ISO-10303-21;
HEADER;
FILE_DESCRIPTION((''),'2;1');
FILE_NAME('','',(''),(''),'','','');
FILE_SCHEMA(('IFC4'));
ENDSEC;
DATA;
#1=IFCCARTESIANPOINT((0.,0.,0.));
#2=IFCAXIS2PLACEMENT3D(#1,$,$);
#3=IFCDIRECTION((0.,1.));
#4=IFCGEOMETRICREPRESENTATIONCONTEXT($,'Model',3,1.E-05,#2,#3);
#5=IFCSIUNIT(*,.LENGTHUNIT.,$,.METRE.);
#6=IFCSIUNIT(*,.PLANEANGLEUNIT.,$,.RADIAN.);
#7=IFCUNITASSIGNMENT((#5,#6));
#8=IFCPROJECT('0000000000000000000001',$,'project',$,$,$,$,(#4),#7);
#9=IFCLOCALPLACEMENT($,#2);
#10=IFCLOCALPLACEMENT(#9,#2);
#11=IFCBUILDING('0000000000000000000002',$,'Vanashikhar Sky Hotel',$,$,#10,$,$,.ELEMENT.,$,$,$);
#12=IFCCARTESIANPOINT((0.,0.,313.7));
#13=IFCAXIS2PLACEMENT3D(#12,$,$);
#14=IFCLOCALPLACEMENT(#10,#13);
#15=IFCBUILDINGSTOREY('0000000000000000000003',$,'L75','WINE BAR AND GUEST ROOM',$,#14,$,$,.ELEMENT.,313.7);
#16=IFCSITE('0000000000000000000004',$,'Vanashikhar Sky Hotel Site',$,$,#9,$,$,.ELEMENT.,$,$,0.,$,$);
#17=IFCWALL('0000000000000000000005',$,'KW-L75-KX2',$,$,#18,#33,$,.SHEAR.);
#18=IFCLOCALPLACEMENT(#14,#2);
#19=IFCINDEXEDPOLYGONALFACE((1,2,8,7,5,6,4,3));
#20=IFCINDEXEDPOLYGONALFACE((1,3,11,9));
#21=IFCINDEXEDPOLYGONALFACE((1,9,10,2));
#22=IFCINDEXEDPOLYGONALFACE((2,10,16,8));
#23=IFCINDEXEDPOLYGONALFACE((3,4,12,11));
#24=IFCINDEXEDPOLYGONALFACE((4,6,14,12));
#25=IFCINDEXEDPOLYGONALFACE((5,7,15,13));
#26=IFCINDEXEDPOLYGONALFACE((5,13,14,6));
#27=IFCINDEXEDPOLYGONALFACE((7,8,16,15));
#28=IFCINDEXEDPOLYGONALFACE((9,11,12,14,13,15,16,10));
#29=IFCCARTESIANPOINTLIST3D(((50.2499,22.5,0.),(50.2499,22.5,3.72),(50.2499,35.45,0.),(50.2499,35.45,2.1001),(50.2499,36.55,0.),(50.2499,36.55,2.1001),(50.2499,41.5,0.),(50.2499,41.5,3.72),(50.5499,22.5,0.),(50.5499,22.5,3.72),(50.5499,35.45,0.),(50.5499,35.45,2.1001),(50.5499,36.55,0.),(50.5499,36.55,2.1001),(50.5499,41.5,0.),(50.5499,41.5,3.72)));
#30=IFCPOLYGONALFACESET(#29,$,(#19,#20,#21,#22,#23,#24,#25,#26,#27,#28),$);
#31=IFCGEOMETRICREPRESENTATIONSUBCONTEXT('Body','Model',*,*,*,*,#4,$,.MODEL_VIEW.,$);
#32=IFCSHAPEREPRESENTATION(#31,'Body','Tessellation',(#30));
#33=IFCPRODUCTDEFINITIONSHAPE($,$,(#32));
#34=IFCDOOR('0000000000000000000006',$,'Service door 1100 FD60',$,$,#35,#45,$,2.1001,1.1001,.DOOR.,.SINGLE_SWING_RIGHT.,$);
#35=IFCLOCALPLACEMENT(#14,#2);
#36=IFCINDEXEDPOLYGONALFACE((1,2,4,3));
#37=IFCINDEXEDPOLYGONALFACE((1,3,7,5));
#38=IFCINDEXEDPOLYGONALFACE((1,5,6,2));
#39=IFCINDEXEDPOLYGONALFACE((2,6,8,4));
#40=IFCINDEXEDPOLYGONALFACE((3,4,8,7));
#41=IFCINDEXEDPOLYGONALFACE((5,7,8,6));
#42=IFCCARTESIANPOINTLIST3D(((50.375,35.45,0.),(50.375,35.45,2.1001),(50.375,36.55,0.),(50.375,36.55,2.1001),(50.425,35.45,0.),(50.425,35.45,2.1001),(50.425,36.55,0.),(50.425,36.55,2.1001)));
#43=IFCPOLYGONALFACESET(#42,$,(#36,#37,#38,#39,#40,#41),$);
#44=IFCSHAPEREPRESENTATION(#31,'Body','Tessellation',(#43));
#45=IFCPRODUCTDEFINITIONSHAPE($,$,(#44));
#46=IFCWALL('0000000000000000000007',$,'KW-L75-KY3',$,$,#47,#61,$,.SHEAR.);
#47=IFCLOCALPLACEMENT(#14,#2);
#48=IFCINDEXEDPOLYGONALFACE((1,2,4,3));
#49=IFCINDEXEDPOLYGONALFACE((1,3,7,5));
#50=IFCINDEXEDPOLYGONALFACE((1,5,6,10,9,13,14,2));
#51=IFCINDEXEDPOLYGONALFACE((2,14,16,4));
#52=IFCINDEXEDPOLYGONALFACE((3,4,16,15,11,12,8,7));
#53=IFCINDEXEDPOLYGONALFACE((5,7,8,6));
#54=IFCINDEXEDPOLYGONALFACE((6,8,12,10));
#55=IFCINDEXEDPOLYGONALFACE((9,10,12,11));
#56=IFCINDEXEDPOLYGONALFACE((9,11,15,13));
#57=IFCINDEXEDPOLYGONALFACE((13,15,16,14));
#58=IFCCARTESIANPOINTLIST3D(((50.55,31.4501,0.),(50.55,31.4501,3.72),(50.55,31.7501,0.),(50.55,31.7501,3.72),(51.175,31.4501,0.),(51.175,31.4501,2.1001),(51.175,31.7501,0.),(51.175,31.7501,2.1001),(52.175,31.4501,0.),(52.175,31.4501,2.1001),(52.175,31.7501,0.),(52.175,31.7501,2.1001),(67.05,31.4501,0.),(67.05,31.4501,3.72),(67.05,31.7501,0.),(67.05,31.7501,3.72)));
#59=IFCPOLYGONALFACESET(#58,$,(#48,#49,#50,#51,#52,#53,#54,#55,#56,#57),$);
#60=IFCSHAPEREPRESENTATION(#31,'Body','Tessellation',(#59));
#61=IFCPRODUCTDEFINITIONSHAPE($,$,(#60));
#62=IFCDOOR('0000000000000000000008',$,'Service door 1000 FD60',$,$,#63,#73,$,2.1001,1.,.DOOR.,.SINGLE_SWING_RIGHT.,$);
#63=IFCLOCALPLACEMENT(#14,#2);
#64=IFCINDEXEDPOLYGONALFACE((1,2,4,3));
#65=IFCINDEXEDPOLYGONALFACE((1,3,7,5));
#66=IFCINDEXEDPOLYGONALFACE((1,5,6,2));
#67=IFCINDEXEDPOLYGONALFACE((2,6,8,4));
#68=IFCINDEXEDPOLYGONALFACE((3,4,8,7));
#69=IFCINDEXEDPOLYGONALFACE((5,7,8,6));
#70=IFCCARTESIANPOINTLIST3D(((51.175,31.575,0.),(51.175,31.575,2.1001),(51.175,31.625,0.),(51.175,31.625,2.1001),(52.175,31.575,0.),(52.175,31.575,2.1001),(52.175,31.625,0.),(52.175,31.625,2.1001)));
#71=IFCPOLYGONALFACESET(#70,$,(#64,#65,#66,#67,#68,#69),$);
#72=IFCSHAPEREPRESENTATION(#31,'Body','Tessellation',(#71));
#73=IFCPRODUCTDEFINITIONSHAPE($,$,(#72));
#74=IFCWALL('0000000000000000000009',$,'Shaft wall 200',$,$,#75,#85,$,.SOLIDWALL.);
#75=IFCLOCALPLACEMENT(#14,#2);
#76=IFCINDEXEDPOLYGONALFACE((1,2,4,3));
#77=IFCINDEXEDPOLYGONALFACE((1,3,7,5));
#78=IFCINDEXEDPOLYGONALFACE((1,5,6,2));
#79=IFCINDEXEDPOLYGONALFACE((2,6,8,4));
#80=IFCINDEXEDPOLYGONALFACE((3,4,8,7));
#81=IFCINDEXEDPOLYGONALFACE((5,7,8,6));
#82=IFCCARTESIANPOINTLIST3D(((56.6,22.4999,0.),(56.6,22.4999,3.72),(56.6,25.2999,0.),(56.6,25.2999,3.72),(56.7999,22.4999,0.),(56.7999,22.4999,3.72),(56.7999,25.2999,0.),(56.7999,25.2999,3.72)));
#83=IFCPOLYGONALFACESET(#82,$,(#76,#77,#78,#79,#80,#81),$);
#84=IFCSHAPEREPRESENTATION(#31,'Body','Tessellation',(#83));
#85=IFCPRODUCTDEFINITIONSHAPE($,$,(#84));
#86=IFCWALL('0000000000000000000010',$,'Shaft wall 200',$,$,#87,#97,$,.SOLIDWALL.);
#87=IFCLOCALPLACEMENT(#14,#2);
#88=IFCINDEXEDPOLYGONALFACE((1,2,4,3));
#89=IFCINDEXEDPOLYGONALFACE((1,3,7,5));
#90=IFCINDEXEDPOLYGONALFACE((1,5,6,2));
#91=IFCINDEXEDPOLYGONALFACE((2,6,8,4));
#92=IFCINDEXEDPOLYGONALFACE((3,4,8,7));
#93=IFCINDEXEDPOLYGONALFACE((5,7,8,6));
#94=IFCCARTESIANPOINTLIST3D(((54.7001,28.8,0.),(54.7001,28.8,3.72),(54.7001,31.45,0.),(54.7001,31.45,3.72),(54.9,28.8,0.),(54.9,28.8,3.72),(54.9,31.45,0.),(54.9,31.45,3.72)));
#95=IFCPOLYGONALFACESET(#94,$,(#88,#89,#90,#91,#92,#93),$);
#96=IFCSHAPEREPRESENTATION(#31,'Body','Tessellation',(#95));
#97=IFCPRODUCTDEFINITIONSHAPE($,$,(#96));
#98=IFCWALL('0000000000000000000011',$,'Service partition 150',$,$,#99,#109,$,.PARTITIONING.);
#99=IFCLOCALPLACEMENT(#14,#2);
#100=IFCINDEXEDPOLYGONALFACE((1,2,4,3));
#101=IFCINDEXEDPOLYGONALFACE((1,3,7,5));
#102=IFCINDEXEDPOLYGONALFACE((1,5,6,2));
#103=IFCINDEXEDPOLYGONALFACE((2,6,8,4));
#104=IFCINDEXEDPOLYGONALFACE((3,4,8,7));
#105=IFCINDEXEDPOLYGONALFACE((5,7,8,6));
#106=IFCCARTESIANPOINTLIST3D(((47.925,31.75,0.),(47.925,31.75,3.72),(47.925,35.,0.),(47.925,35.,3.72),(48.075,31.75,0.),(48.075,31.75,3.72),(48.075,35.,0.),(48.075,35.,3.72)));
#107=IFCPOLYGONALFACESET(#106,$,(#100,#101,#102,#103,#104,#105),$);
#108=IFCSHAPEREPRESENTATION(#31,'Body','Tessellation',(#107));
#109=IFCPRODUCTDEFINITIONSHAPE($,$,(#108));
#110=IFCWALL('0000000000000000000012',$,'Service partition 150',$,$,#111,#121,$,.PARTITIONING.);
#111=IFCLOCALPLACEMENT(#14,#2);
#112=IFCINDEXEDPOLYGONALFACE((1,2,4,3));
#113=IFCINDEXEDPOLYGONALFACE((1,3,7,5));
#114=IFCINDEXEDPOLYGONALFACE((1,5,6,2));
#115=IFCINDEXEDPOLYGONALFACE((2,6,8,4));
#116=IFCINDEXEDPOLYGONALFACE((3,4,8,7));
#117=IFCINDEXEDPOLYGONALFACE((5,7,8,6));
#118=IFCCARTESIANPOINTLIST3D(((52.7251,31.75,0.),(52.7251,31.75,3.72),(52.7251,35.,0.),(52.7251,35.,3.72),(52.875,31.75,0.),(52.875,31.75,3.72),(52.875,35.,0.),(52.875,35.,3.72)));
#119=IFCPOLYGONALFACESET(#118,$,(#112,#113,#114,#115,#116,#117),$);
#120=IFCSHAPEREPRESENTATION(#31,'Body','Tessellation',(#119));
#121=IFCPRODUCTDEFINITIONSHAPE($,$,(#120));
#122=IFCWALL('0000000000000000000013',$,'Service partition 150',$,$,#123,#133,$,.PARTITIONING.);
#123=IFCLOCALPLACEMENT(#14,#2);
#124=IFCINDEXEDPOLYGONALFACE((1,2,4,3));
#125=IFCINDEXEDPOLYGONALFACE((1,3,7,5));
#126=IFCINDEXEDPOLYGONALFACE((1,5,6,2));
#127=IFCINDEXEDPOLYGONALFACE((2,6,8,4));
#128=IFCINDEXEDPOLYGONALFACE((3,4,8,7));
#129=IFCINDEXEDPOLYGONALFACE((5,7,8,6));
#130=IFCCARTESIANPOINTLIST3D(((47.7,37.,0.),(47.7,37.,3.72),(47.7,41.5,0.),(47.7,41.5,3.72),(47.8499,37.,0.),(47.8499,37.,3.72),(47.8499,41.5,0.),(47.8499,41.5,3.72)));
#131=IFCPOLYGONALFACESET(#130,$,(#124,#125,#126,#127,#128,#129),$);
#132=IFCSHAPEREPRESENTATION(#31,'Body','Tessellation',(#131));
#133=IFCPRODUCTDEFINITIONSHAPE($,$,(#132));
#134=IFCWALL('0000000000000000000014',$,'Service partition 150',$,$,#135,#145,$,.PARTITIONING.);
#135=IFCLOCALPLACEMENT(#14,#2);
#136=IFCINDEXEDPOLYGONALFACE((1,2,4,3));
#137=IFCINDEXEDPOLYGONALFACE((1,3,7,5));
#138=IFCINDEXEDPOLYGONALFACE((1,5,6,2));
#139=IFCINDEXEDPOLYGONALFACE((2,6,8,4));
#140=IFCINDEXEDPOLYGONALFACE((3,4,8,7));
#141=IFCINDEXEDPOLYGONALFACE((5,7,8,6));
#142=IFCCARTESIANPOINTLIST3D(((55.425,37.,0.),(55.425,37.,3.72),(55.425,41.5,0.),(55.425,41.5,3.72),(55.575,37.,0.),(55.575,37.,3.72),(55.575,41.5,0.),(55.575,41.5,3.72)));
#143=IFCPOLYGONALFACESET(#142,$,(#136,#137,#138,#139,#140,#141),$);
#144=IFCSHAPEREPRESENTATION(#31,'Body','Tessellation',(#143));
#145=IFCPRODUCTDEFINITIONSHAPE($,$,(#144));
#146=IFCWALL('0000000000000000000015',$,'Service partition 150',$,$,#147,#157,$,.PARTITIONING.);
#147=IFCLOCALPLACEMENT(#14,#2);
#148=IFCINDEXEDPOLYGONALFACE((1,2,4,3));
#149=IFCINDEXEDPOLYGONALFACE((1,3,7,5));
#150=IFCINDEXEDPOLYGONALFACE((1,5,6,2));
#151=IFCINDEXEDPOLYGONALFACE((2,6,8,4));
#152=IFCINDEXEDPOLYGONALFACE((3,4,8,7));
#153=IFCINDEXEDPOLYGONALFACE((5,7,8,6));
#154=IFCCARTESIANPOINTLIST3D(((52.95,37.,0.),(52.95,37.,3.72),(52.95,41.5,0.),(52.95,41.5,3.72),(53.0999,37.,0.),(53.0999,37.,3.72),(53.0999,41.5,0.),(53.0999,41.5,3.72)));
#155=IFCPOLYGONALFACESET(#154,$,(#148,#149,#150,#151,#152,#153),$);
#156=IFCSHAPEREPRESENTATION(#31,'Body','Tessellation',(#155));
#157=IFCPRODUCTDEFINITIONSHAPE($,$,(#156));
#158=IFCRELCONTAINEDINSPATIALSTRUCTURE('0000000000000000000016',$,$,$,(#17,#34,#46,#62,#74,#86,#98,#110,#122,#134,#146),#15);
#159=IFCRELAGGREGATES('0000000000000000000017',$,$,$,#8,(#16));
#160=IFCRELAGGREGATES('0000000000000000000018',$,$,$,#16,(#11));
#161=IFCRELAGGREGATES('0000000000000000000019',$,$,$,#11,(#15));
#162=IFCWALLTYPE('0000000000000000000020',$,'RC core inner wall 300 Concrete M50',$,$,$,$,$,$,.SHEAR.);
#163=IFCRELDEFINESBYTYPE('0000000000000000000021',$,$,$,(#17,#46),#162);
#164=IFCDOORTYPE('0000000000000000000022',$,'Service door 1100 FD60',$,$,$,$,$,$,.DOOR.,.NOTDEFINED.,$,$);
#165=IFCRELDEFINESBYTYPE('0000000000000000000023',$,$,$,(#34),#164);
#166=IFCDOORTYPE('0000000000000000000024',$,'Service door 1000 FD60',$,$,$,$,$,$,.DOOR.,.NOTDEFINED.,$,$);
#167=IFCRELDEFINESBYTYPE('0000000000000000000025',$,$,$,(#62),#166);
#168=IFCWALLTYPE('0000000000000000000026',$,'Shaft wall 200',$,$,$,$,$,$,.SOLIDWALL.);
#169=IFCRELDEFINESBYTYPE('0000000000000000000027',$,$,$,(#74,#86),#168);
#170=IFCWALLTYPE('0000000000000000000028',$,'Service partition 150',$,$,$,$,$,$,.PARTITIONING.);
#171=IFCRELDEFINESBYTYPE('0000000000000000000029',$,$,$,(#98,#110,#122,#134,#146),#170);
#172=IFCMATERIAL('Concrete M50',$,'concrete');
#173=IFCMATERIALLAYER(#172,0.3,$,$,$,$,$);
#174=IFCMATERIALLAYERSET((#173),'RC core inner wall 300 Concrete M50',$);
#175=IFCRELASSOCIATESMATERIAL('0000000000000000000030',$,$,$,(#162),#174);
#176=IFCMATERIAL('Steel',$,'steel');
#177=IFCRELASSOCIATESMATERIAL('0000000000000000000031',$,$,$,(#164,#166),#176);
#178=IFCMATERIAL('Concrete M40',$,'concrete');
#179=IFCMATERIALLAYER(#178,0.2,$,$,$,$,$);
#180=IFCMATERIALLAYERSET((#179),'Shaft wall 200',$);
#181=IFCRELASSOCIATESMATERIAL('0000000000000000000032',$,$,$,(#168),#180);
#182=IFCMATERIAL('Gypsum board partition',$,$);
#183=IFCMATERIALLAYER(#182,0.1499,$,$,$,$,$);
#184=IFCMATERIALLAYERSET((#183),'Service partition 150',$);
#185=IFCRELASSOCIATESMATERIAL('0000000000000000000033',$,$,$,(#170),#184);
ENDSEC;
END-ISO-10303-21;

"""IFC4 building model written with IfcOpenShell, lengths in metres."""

from ifc_helpers import new_model, si_unit, direction, frame, frame_2d, origin, place, context, subcontext, project, spatial, rectangle, extrude, source, transform, mapped, material, layer, layer_set, type_object, element, fill, save


model = new_model("IFC4")

# Units and contexts
model_context = context("Model", 3, precision=1e-05, world=origin(), true_north=direction((0.0, 1.0)))
body_context = subcontext(model_context, "Body", "Model", "MODEL_VIEW")
ifc_project = project(units=[si_unit("LENGTHUNIT", "METRE"), si_unit("PLANEANGLEUNIT", "RADIAN")], contexts=[model_context])

# Site, building, storey
site_placement = place(None, origin())
site = spatial("IfcSite", under=ifc_project, at=site_placement, Name="Vanashikhar Sky Hotel Site", CompositionType="ELEMENT", RefElevation=0.0)
building_placement = place(site_placement, origin())
building = spatial("IfcBuilding", under=site, at=building_placement, Name="Vanashikhar Sky Hotel", CompositionType="ELEMENT")
storey_placement = place(building_placement, frame((0.0, 0.0, 313.7)))
storey = spatial("IfcBuildingStorey", under=building, at=storey_placement, Name="L75", Description="WINE BAR AND GUEST ROOM", CompositionType="ELEMENT", Elevation=313.7)

# Walls, openings, doors
ifc_material_1 = material(Name="Concrete M50", Category="concrete")
ifc_layer_1 = layer(ifc_material_1, 0.3)
ifc_layer_set_1 = layer_set([ifc_layer_1], Name="RC core inner wall 300 Concrete M50")
wall_type_1 = type_object("IfcWallType", Name="RC core inner wall 300 Concrete M50", PredefinedType="SHEAR", material=ifc_layer_set_1)
shared_shape_1 = source(origin(), body_context, "Body", "SweptSolid", [
    extrude(rectangle(XDim=19.0, YDim=0.3, at=frame_2d((9.5, 0.0))), origin(), (0.0, 0.0, 1.0), 3.72),
])
wall_1_placement = place(storey_placement, frame((50.3999, 22.5, 0.0), z_axis=(0.0, 0.0, 1.0), x_axis=(0.0, 1.0, 0.0)))
wall_1 = element("IfcWall", 1, at=wall_1_placement, inside=storey, type_object=wall_type_1, Name="KW-L75-KX2", PredefinedType="SHEAR", context=body_context, shape_type="MappedRepresentation", body=[
    mapped(shared_shape_1, transform((0.0, 0.0, 0.0), scale=1.0)),
])
shared_shape_2 = source(origin(), body_context, "Body", "SweptSolid", [
    extrude(rectangle(XDim=1.1001, YDim=2.1001, at=frame_2d((0.55, 1.05))), frame((0.0, 0.1602, 0.0), z_axis=(0.0, -1.0, 0.0), x_axis=(1.0, 0.0, 0.0)), (0.0, 0.0, 1.0), 0.3201),
])
opening_1_placement = place(wall_1_placement, frame((12.95, 0.0, 0.0)))
opening_1 = element("IfcOpeningElement", 2, at=opening_1_placement, cuts=wall_1, PredefinedType="OPENING", context=body_context, shape_type="MappedRepresentation", body=[
    mapped(shared_shape_2, transform((0.0, 0.0, 0.0), scale=1.0)),
])
ifc_material_2 = material(Name="Steel", Category="steel")
door_type_1 = type_object("IfcDoorType", Name="Service door 1100 FD60", OperationType="NOTDEFINED", PredefinedType="DOOR", material=ifc_material_2)
shared_shape_3 = source(origin(), body_context, "Body", "SweptSolid", [
    extrude(rectangle(XDim=1.1001, YDim=2.1001, at=frame_2d((0.55, 1.05))), frame((0.0, 0.0249, 0.0), z_axis=(0.0, -1.0, 0.0), x_axis=(1.0, 0.0, 0.0)), (0.0, 0.0, 1.0), 0.05),
])
door_1_placement = place(opening_1_placement, origin())
door_1 = element("IfcDoor", 3, at=door_1_placement, inside=storey, type_object=door_type_1, Name="Service door 1100 FD60", OperationType="SINGLE_SWING_RIGHT", OverallHeight=2.1001, OverallWidth=1.1001, PredefinedType="DOOR", context=body_context, shape_type="MappedRepresentation", body=[
    mapped(shared_shape_3, transform((0.0, 0.0, 0.0), scale=1.0)),
])
fill(opening_1, door_1)
shared_shape_4 = source(origin(), body_context, "Body", "SweptSolid", [
    extrude(rectangle(XDim=16.5, YDim=0.3, at=frame_2d((8.25, 0.0))), origin(), (0.0, 0.0, 1.0), 3.72),
])
wall_2_placement = place(storey_placement, frame((50.55, 31.6001, 0.0), z_axis=(0.0, 0.0, 1.0), x_axis=(1.0, 0.0, 0.0)))
wall_2 = element("IfcWall", 4, at=wall_2_placement, inside=storey, type_object=wall_type_1, Name="KW-L75-KY3", PredefinedType="SHEAR", context=body_context, shape_type="MappedRepresentation", body=[
    mapped(shared_shape_4, transform((0.0, 0.0, 0.0), scale=1.0)),
])
shared_shape_5 = source(origin(), body_context, "Body", "SweptSolid", [
    extrude(rectangle(XDim=1.0, YDim=2.1001, at=frame_2d((0.5, 1.05))), frame((0.0, 0.1602, 0.0), z_axis=(0.0, -1.0, 0.0), x_axis=(1.0, 0.0, 0.0)), (0.0, 0.0, 1.0), 0.3201),
])
opening_2_placement = place(wall_2_placement, frame((0.625, 0.0, 0.0)))
opening_2 = element("IfcOpeningElement", 5, at=opening_2_placement, cuts=wall_2, PredefinedType="OPENING", context=body_context, shape_type="MappedRepresentation", body=[
    mapped(shared_shape_5, transform((0.0, 0.0, 0.0), scale=1.0)),
])
door_type_2 = type_object("IfcDoorType", Name="Service door 1000 FD60", OperationType="NOTDEFINED", PredefinedType="DOOR", material=ifc_material_2)
shared_shape_6 = source(origin(), body_context, "Body", "SweptSolid", [
    extrude(rectangle(XDim=1.0, YDim=2.1001, at=frame_2d((0.5, 1.05))), frame((0.0, 0.0249, 0.0), z_axis=(0.0, -1.0, 0.0), x_axis=(1.0, 0.0, 0.0)), (0.0, 0.0, 1.0), 0.05),
])
door_2_placement = place(opening_2_placement, origin())
door_2 = element("IfcDoor", 6, at=door_2_placement, inside=storey, type_object=door_type_2, Name="Service door 1000 FD60", OperationType="SINGLE_SWING_RIGHT", OverallHeight=2.1001, OverallWidth=1.0, PredefinedType="DOOR", context=body_context, shape_type="MappedRepresentation", body=[
    mapped(shared_shape_6, transform((0.0, 0.0, 0.0), scale=1.0)),
])
fill(opening_2, door_2)

# Walls
ifc_material_3 = material(Name="Concrete M40", Category="concrete")
ifc_layer_2 = layer(ifc_material_3, 0.2)
ifc_layer_set_2 = layer_set([ifc_layer_2], Name="Shaft wall 200")
wall_type_2 = type_object("IfcWallType", Name="Shaft wall 200", PredefinedType="SOLIDWALL", material=ifc_layer_set_2)
shared_shape_7 = source(origin(), body_context, "Body", "SweptSolid", [
    extrude(rectangle(XDim=2.8, YDim=0.2, at=frame_2d((1.3999, 0.0))), origin(), (0.0, 0.0, 1.0), 3.72),
])
wall_3_placement = place(storey_placement, frame((56.7, 22.5, 0.0), z_axis=(0.0, 0.0, 1.0), x_axis=(0.0, 1.0, 0.0)))
element("IfcWall", 7, at=wall_3_placement, inside=storey, type_object=wall_type_2, Name="Shaft wall 200", PredefinedType="SOLIDWALL", context=body_context, shape_type="MappedRepresentation", body=[
    mapped(shared_shape_7, transform((0.0, 0.0, 0.0), scale=1.0)),
])
shared_shape_8 = source(origin(), body_context, "Body", "SweptSolid", [
    extrude(rectangle(XDim=2.6499, YDim=0.2, at=frame_2d((1.325, 0.0))), origin(), (0.0, 0.0, 1.0), 3.72),
])
wall_4_placement = place(storey_placement, frame((54.8, 28.8, 0.0), z_axis=(0.0, 0.0, 1.0), x_axis=(0.0, 1.0, 0.0)))
element("IfcWall", 8, at=wall_4_placement, inside=storey, type_object=wall_type_2, Name="Shaft wall 200", PredefinedType="SOLIDWALL", context=body_context, shape_type="MappedRepresentation", body=[
    mapped(shared_shape_8, transform((0.0, 0.0, 0.0), scale=1.0)),
])
ifc_material_4 = material(Name="Gypsum board partition")
ifc_layer_3 = layer(ifc_material_4, 0.1499)
ifc_layer_set_3 = layer_set([ifc_layer_3], Name="Service partition 150")
wall_type_3 = type_object("IfcWallType", Name="Service partition 150", PredefinedType="PARTITIONING", material=ifc_layer_set_3)
shared_shape_9 = source(origin(), body_context, "Body", "SweptSolid", [
    extrude(rectangle(XDim=3.25, YDim=0.1499, at=frame_2d((1.625, 0.0))), origin(), (0.0, 0.0, 1.0), 3.72),
])
for number, where, z_axis, x_axis, name in (
    (9, (48.0, 31.75, 0.0), (0.0, 0.0, 1.0), (0.0, 1.0, 0.0), "Service partition 150"),
    (10, (52.8, 31.75, 0.0), (0.0, 0.0, 1.0), (0.0, 1.0, 0.0), "Service partition 150"),
):
    element("IfcWall", number, at=place(storey_placement, frame(where, z_axis=z_axis, x_axis=x_axis)), inside=storey, type_object=wall_type_3, Name=name, PredefinedType="PARTITIONING", context=body_context, shape_type="MappedRepresentation", body=[
        mapped(shared_shape_9, transform((0.0, 0.0, 0.0), scale=1.0)),
    ])
shared_shape_10 = source(origin(), body_context, "Body", "SweptSolid", [
    extrude(rectangle(XDim=4.5, YDim=0.1499, at=frame_2d((2.25, 0.0))), origin(), (0.0, 0.0, 1.0), 3.72),
])
for number, where, z_axis, x_axis, name in (
    (11, (47.7749, 37.0, 0.0), (0.0, 0.0, 1.0), (0.0, 1.0, 0.0), "Service partition 150"),
    (12, (55.5, 37.0, 0.0), (0.0, 0.0, 1.0), (0.0, 1.0, 0.0), "Service partition 150"),
    (13, (53.0249, 37.0, 0.0), (0.0, 0.0, 1.0), (0.0, 1.0, 0.0), "Service partition 150"),
):
    element("IfcWall", number, at=place(storey_placement, frame(where, z_axis=z_axis, x_axis=x_axis)), inside=storey, type_object=wall_type_3, Name=name, PredefinedType="PARTITIONING", context=body_context, shape_type="MappedRepresentation", body=[
        mapped(shared_shape_10, transform((0.0, 0.0, 0.0), scale=1.0)),
    ])

save(model, "model.ifc")
